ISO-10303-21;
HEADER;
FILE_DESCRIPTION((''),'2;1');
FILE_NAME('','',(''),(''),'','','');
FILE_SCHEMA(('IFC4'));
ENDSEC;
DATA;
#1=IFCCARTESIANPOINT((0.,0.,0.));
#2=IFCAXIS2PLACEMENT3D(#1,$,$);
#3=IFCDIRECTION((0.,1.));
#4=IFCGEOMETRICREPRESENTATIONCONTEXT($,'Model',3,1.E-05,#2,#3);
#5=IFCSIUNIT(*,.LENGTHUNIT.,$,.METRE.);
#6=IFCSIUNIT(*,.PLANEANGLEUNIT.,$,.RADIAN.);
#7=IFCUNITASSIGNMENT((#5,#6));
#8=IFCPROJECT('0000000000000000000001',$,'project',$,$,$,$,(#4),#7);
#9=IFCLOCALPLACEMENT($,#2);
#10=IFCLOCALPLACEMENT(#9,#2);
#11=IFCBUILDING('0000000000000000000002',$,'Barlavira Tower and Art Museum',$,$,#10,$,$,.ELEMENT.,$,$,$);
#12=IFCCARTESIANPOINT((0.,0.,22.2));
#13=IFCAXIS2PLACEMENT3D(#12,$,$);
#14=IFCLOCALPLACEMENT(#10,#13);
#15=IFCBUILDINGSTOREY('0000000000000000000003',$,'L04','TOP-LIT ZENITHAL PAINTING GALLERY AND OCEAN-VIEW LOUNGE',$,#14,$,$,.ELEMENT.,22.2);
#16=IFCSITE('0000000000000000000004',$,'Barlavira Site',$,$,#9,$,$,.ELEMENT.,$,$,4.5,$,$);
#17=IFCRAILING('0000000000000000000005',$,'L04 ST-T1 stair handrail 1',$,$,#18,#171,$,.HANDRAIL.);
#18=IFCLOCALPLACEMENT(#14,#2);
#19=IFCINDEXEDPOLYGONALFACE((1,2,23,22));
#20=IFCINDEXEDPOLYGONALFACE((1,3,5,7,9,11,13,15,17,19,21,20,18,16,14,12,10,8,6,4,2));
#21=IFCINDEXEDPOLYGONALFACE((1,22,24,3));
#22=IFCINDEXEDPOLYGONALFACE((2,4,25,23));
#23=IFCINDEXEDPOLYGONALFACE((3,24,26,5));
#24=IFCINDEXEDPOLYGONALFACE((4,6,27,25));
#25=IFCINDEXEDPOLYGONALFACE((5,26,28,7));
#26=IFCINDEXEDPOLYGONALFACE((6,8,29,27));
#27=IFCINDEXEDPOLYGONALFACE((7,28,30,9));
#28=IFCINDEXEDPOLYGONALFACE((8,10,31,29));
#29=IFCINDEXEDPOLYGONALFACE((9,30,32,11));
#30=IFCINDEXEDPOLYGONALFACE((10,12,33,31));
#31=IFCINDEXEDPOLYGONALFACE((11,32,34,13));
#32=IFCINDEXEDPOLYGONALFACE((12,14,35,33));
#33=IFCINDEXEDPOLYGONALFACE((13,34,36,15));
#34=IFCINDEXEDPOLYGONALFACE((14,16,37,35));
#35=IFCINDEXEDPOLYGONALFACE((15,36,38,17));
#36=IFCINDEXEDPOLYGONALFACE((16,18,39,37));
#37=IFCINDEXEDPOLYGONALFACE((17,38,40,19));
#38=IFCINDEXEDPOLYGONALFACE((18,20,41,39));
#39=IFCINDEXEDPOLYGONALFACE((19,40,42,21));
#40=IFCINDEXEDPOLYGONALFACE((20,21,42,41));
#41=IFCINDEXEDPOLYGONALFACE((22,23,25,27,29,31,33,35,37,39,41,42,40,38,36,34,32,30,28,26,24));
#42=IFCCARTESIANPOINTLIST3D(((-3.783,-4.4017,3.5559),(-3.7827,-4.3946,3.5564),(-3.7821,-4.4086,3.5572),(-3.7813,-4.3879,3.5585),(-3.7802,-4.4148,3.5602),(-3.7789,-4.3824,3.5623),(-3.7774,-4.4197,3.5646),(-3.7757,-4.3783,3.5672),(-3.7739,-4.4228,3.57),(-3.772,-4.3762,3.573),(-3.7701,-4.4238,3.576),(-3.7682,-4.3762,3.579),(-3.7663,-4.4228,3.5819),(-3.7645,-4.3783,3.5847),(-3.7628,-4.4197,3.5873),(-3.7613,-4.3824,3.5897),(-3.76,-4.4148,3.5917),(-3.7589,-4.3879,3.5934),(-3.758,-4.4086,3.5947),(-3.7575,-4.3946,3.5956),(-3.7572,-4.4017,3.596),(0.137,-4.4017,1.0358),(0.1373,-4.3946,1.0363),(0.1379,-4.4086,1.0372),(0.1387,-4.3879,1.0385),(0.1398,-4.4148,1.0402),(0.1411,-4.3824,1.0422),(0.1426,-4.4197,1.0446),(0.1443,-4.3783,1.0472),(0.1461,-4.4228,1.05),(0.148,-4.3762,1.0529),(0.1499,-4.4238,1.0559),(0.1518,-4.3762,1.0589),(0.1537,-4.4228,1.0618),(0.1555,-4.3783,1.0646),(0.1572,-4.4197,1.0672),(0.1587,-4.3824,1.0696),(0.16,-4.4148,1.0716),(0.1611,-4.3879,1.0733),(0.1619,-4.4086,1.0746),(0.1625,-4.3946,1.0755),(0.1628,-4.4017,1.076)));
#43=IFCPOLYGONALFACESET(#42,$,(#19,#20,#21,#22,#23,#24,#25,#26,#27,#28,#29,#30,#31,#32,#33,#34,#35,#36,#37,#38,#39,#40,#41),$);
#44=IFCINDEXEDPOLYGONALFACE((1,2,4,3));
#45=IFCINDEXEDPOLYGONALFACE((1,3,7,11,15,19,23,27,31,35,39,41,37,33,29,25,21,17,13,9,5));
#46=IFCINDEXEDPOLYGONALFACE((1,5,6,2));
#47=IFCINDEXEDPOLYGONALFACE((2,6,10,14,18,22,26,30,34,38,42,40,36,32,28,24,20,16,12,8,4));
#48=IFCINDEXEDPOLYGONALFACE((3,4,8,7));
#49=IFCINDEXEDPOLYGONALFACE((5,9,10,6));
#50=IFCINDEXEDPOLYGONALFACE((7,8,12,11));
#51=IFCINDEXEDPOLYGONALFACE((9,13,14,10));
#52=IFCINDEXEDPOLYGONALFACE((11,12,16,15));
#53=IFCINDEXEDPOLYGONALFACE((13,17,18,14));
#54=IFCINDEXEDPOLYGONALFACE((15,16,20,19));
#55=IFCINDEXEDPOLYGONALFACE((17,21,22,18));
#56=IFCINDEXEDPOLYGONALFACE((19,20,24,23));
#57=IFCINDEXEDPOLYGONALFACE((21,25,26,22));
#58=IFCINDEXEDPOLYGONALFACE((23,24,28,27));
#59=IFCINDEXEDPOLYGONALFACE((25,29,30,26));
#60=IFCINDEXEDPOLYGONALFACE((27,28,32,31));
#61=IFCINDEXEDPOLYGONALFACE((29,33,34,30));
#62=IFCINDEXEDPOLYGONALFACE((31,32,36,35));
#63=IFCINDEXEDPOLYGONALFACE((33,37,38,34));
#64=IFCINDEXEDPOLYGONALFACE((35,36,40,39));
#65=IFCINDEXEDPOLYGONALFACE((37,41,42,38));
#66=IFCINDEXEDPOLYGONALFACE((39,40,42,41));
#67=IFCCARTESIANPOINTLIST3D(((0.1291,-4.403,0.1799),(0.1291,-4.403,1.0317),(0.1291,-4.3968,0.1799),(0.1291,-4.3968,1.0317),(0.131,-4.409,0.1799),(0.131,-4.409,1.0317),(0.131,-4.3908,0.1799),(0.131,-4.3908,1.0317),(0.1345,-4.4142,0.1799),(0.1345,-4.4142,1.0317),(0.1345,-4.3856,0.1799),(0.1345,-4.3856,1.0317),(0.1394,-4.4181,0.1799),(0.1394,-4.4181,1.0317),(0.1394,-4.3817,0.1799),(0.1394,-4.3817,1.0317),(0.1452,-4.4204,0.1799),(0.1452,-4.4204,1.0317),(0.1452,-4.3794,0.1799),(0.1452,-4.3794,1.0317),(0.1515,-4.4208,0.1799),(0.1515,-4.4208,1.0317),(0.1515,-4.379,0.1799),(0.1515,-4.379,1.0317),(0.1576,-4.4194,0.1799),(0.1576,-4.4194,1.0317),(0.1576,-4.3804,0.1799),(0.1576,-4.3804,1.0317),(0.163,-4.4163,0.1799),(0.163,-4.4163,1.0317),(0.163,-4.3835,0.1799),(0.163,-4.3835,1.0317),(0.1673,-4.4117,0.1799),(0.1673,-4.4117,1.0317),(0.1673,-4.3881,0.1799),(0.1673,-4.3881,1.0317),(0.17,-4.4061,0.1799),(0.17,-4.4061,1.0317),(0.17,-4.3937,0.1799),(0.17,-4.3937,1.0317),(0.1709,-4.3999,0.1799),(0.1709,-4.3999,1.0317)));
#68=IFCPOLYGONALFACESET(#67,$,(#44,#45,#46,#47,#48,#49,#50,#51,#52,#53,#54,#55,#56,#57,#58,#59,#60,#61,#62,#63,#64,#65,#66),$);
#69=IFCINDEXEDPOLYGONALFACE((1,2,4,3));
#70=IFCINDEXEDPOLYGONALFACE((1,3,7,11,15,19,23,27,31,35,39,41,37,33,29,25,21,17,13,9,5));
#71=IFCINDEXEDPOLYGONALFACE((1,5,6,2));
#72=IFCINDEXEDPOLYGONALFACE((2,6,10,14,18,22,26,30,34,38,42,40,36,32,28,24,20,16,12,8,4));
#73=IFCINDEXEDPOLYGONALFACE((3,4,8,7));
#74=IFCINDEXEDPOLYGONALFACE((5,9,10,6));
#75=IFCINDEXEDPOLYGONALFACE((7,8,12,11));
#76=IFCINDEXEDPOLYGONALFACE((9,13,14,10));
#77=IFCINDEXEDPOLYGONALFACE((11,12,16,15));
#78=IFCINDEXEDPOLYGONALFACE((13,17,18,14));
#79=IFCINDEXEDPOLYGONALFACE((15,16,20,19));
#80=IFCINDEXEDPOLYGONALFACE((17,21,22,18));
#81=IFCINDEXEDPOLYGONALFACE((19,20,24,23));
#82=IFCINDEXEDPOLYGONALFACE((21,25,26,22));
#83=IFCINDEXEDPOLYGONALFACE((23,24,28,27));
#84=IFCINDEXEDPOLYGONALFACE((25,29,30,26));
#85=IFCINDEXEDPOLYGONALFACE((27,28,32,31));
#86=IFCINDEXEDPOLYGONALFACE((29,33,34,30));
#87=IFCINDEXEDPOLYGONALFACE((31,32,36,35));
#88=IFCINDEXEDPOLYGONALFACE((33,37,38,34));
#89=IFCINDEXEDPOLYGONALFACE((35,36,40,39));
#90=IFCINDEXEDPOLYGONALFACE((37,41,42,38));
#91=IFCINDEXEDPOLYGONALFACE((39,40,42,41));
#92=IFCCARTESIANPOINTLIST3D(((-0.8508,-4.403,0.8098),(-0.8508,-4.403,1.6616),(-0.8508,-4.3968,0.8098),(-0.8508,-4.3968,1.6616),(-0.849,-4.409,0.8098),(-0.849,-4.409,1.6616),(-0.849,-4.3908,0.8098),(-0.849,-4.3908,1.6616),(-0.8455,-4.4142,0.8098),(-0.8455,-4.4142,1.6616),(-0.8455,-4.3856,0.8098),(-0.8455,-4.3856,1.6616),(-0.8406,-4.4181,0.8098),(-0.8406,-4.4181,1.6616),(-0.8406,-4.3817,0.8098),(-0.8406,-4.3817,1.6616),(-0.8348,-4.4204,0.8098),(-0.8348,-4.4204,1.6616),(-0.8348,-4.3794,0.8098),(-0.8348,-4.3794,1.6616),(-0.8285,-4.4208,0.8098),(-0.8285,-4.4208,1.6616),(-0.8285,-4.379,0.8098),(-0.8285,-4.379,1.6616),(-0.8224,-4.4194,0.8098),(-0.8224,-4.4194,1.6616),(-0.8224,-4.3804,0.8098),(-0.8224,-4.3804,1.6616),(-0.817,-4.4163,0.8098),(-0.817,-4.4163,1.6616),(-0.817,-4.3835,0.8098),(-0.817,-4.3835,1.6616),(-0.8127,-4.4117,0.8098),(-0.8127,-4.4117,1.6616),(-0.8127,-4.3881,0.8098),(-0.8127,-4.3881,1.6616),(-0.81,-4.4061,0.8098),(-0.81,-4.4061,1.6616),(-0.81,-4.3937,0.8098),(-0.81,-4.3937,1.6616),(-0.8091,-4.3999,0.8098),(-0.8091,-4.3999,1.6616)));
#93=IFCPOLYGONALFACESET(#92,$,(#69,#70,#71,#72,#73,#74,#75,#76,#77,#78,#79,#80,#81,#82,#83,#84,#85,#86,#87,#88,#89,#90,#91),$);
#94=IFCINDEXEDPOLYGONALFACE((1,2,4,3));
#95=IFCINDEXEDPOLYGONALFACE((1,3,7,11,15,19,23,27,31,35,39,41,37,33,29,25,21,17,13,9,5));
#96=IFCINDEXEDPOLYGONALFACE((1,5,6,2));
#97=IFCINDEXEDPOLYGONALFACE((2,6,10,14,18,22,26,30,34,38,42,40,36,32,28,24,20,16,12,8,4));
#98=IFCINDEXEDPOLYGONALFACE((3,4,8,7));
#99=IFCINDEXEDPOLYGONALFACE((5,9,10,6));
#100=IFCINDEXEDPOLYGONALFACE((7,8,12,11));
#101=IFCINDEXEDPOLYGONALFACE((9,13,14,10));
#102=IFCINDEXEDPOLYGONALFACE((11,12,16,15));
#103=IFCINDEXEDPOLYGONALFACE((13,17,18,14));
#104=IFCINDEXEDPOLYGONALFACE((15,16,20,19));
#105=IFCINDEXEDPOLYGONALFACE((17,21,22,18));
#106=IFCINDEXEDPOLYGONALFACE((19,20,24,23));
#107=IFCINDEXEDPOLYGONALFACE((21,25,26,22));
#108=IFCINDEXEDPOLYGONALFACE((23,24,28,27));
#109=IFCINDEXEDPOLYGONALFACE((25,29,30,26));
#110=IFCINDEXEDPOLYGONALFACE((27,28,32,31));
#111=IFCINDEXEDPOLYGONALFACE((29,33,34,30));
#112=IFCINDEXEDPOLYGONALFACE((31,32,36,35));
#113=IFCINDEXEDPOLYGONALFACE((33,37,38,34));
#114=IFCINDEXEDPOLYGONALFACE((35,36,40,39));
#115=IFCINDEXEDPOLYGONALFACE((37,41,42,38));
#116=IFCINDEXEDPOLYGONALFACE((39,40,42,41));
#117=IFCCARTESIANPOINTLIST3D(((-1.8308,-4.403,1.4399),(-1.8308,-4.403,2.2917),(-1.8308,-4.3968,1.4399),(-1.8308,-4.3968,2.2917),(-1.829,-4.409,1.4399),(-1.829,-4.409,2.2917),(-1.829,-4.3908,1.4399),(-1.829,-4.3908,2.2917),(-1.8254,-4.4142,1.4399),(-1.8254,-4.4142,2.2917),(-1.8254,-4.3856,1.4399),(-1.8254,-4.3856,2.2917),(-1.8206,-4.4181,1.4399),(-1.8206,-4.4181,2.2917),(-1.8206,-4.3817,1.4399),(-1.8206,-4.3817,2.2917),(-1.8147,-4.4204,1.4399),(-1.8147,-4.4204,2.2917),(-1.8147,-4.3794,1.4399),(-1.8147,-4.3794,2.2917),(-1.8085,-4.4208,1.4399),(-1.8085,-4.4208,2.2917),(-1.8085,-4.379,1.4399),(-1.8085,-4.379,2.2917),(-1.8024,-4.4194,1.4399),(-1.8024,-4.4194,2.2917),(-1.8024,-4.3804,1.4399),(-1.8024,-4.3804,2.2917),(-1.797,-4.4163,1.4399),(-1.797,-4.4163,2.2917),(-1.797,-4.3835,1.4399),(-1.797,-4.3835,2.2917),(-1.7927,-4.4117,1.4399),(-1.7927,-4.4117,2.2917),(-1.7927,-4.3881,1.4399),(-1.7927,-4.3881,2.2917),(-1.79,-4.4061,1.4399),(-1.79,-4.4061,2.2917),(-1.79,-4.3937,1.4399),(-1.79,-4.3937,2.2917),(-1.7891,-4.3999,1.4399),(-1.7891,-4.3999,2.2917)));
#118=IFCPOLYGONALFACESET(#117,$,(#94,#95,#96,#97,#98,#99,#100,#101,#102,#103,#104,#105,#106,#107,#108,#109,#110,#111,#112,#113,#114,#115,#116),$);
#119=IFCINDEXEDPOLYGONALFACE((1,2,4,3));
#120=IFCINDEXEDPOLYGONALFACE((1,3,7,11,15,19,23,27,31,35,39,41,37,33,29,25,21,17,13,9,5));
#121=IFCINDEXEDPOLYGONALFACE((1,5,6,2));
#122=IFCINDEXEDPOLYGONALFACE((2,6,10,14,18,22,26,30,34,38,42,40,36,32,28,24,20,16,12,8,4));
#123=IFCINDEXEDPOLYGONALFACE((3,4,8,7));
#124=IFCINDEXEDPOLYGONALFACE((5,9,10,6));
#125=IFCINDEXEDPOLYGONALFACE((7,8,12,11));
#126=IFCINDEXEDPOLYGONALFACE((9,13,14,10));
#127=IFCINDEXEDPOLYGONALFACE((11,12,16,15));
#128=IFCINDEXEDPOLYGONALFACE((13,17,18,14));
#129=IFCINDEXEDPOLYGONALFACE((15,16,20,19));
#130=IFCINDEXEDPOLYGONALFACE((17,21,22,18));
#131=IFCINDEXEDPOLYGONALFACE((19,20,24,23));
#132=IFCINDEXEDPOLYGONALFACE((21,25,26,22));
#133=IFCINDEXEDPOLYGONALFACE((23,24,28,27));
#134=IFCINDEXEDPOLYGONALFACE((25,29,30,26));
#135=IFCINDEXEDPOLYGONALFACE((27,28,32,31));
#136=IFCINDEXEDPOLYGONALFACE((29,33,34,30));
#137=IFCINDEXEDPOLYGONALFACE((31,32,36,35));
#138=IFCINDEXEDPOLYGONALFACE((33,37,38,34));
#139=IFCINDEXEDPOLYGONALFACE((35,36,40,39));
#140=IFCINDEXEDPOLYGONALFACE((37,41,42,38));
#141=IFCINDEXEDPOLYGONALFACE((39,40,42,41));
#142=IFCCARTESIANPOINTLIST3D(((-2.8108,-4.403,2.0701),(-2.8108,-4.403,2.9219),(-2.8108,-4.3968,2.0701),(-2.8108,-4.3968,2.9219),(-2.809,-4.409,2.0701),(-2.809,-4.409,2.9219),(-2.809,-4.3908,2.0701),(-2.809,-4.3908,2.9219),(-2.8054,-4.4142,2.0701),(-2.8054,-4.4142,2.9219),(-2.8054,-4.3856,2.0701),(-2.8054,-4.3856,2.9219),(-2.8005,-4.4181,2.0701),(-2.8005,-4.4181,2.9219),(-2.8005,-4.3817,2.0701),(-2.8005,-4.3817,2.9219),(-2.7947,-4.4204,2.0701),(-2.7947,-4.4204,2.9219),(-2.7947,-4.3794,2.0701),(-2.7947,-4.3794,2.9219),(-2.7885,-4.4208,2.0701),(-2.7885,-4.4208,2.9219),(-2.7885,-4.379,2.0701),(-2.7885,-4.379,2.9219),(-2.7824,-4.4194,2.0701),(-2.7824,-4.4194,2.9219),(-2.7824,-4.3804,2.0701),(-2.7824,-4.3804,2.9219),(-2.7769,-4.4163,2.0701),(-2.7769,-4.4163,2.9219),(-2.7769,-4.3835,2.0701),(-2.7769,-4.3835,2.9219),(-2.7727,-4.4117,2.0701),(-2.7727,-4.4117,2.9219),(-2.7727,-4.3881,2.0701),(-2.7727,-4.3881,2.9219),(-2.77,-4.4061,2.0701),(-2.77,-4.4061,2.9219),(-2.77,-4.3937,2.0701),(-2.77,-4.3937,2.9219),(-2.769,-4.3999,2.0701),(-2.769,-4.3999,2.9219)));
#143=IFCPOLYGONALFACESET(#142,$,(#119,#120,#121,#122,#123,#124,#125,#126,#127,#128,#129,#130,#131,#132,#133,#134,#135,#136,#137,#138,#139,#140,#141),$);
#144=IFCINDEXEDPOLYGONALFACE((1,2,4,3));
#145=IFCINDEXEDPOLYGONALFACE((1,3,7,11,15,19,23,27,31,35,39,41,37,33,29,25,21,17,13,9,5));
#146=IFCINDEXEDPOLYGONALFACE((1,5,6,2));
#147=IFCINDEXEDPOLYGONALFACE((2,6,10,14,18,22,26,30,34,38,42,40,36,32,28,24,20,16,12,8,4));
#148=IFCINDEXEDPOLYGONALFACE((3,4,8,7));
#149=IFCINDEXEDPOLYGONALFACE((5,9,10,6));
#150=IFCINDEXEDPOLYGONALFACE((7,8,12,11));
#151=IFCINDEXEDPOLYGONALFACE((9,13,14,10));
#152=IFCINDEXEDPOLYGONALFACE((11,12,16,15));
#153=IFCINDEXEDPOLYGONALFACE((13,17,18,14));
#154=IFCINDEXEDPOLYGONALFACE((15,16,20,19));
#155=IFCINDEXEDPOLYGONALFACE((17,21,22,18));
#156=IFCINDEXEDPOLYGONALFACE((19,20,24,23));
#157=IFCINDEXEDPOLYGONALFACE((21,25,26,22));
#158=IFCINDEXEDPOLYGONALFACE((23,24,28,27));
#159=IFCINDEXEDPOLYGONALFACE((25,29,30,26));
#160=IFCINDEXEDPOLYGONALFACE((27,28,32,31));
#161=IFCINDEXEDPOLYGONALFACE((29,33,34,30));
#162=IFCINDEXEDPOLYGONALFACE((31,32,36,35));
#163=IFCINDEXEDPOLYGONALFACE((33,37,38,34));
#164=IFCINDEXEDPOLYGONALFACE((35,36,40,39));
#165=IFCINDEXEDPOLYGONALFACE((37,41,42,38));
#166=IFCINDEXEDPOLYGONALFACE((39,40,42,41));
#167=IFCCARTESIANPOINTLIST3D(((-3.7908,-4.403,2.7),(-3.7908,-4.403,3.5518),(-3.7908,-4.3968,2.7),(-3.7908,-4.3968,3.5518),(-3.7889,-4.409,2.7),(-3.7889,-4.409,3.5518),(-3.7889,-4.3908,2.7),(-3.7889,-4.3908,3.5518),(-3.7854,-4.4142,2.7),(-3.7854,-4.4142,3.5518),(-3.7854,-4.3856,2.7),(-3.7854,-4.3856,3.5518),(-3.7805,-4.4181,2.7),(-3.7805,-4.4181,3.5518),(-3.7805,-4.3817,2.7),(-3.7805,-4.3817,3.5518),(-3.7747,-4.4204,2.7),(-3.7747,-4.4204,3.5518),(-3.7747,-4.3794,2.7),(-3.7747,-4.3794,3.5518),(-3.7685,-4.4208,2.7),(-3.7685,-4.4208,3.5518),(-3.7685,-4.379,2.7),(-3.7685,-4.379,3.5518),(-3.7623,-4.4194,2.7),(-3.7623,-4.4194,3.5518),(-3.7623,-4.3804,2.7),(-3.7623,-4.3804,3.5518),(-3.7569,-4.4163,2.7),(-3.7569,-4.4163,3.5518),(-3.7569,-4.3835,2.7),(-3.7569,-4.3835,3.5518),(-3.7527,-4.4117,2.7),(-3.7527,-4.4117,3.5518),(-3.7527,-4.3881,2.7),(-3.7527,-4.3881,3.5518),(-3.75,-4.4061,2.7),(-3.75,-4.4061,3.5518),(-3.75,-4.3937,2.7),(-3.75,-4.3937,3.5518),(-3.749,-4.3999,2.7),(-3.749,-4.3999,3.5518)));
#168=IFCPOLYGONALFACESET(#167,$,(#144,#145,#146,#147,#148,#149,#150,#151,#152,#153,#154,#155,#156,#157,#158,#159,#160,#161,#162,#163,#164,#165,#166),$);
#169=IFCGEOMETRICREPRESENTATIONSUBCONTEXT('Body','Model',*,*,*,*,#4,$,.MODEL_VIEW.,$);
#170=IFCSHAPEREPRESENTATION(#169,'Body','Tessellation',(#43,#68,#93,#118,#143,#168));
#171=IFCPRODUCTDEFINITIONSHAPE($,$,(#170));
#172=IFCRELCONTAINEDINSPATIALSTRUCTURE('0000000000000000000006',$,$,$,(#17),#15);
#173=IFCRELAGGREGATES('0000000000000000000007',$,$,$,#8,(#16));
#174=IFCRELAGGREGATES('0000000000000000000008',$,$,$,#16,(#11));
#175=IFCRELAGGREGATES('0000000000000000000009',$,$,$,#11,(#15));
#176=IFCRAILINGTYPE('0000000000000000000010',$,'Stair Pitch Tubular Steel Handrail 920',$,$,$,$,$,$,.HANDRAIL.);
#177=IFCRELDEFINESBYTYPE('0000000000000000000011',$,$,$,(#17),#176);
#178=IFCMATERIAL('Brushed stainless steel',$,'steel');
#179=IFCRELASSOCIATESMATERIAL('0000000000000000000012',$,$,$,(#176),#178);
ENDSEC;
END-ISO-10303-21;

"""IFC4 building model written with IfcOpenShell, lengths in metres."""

from ifc_helpers import new_model, si_unit, direction, frame, origin, origin_2d, place, context, subcontext, project, spatial, circle, extrude, material, type_object, element, save


model = new_model("IFC4")

# Units and contexts
model_context = context("Model", 3, precision=1e-05, world=origin(), true_north=direction((0.0, 1.0)))
body_context = subcontext(model_context, "Body", "Model", "MODEL_VIEW")
ifc_project = project(units=[si_unit("LENGTHUNIT", "METRE"), si_unit("PLANEANGLEUNIT", "RADIAN")], contexts=[model_context])

# Site, building, storey
site_placement = place(None, origin())
site = spatial("IfcSite", under=ifc_project, at=site_placement, Name="Barlavira Site", CompositionType="ELEMENT", RefElevation=4.5)
building_placement = place(site_placement, origin())
building = spatial("IfcBuilding", under=site, at=building_placement, Name="Barlavira Tower and Art Museum", CompositionType="ELEMENT")
storey_placement = place(building_placement, frame((0.0, 0.0, 22.2)))
storey = spatial("IfcBuildingStorey", under=building, at=storey_placement, Name="L04", Description="TOP-LIT ZENITHAL PAINTING GALLERY AND OCEAN-VIEW LOUNGE", CompositionType="ELEMENT", Elevation=22.2)

# Shared definitions
ifc_material_1 = material(Name="Brushed stainless steel", Category="steel")

# Railing
railing_type_1 = type_object("IfcRailingType", Name="Stair Pitch Tubular Steel Handrail 920", PredefinedType="HANDRAIL", material=ifc_material_1)
railing_1_placement = place(storey_placement, frame((0.1499, -4.3999, 0.1799)))
element("IfcRailing", 1, at=railing_1_placement, inside=storey, type_object=railing_type_1, Name="L04 ST-T1 stair handrail 1", PredefinedType="HANDRAIL", context=body_context, shape_type="SweptSolid", body=[
    extrude(circle(Radius=0.0239, at=origin_2d()), frame((0.0, 0.0, 0.876), z_axis=(-0.841172, 0.0, 0.540768), x_axis=(0.0, -1.0, 0.0)), (0.0, 0.0, 1.0), 4.6602),
    extrude(circle(Radius=0.021, at=origin_2d()), origin(), (0.0, 0.0, 1.0), 0.8518),
    extrude(circle(Radius=0.021, at=origin_2d()), frame((-0.98, 0.0, 0.6299)), (0.0, 0.0, 1.0), 0.8518),
    extrude(circle(Radius=0.021, at=origin_2d()), frame((-1.96, 0.0, 1.26)), (0.0, 0.0, 1.0), 0.8518),
    extrude(circle(Radius=0.021, at=origin_2d()), frame((-2.9399, 0.0, 1.8901)), (0.0, 0.0, 1.0), 0.8518),
    extrude(circle(Radius=0.021, at=origin_2d()), frame((-3.9199, 0.0, 2.52)), (0.0, 0.0, 1.0), 0.8518),
])

save(model, "model.ifc")
